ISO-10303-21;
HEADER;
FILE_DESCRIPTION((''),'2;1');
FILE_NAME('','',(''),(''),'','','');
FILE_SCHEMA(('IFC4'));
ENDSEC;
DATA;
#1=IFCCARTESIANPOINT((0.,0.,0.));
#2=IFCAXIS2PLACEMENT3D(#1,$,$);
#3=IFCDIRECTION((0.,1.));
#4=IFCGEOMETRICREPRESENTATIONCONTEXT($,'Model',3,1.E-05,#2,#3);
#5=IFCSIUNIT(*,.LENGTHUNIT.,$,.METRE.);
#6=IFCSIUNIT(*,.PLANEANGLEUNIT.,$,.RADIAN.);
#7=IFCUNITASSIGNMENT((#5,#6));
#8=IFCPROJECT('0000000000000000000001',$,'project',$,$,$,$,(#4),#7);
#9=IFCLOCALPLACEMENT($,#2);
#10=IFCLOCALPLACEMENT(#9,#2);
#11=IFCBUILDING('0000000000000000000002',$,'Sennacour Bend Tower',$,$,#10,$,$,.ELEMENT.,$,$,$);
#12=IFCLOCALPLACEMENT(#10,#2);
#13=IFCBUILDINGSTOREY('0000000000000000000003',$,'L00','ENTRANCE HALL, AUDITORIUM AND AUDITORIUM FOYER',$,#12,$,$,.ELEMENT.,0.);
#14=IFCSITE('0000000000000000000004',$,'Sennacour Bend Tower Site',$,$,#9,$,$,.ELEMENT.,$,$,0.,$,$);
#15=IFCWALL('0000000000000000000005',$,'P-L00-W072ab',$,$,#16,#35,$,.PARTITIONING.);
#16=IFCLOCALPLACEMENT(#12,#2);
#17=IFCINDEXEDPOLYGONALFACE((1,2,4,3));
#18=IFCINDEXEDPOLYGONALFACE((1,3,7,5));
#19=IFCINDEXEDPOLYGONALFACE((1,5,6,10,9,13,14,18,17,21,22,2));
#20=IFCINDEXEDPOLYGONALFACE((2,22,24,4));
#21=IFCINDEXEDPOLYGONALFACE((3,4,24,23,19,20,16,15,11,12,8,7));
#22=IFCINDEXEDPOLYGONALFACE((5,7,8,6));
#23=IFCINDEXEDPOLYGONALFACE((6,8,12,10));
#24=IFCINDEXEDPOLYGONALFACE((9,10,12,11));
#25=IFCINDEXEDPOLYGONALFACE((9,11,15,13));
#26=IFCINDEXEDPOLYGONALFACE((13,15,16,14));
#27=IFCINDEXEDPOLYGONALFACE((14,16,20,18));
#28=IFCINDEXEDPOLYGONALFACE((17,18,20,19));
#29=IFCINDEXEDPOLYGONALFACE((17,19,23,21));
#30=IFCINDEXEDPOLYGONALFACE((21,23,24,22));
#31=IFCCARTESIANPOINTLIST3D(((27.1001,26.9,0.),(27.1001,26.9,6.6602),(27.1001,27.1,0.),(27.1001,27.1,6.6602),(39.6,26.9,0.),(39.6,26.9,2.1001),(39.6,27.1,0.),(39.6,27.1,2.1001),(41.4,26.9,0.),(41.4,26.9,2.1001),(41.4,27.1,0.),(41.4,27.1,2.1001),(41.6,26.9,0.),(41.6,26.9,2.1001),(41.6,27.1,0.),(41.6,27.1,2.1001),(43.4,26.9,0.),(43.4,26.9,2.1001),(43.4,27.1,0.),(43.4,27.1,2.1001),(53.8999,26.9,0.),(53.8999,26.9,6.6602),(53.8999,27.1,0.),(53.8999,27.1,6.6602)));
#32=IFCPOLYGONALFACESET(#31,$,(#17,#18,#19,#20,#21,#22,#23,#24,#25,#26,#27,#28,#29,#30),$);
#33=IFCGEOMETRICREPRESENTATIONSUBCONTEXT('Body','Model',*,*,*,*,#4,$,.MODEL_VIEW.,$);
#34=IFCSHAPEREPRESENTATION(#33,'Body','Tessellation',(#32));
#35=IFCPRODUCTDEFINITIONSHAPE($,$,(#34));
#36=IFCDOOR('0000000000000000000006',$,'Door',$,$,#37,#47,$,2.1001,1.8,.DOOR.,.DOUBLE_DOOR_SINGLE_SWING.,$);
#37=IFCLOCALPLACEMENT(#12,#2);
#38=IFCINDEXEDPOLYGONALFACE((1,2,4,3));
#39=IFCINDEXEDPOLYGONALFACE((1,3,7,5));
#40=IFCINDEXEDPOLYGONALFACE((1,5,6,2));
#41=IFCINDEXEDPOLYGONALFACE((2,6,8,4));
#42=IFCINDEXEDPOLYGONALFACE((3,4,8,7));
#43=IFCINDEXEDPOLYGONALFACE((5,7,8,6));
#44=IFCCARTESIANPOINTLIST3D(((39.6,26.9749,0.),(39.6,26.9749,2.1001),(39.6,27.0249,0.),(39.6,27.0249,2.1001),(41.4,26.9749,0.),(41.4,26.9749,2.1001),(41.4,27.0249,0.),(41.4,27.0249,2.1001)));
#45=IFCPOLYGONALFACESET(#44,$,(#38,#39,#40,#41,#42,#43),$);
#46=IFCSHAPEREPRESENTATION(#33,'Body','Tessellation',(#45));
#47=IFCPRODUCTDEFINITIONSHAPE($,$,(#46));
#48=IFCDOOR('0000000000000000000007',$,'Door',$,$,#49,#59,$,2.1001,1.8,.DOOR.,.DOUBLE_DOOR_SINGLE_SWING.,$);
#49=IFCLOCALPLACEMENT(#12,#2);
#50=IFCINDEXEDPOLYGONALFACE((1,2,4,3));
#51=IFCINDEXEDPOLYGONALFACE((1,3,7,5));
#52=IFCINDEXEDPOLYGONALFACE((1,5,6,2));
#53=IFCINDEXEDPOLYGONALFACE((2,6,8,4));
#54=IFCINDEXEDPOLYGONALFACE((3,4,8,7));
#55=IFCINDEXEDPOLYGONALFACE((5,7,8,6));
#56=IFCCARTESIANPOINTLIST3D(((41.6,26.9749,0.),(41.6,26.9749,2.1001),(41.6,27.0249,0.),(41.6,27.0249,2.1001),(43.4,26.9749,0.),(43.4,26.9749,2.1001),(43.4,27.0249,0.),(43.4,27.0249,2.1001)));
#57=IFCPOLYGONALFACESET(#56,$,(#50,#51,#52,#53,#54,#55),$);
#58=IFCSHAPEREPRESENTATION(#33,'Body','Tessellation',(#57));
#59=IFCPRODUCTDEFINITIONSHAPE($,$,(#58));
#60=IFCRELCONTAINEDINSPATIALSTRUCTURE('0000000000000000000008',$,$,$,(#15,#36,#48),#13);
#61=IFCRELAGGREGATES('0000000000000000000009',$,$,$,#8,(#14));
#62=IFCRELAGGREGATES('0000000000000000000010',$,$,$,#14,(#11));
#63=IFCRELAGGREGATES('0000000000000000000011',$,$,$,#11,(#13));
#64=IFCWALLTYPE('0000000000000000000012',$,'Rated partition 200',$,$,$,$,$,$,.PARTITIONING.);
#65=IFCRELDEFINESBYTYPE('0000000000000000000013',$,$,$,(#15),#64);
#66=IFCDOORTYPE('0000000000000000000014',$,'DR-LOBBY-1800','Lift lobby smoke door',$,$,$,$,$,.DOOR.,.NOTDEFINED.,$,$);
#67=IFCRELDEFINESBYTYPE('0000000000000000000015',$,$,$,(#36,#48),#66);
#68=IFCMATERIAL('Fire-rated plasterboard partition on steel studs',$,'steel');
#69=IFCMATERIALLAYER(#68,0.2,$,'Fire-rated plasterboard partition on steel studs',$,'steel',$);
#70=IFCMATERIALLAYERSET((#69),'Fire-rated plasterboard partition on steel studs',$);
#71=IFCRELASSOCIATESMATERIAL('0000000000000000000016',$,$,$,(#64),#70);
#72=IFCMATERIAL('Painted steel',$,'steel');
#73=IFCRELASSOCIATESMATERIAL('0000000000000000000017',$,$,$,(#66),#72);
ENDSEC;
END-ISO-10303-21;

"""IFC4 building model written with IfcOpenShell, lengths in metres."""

from ifc_helpers import new_model, si_unit, direction, frame, frame_2d, origin, place, context, subcontext, project, spatial, rectangle, extrude, material, layer, layer_set, type_object, element, fill, save


model = new_model("IFC4")

# Units and contexts
model_context = context("Model", 3, precision=1e-05, world=origin(), true_north=direction((0.0, 1.0)))
body_context = subcontext(model_context, "Body", "Model", "MODEL_VIEW")
ifc_project = project(units=[si_unit("LENGTHUNIT", "METRE"), si_unit("PLANEANGLEUNIT", "RADIAN")], contexts=[model_context])

# Site, building, storey
site_placement = place(None, origin())
site = spatial("IfcSite", under=ifc_project, at=site_placement, Name="Sennacour Bend Tower Site", CompositionType="ELEMENT", RefElevation=0.0)
building_placement = place(site_placement, origin())
building = spatial("IfcBuilding", under=site, at=building_placement, Name="Sennacour Bend Tower", CompositionType="ELEMENT")
storey_placement = place(building_placement, origin())
storey = spatial("IfcBuildingStorey", under=building, at=storey_placement, Name="L00", Description="ENTRANCE HALL, AUDITORIUM AND AUDITORIUM FOYER", CompositionType="ELEMENT", Elevation=0.0)

# Shared definitions
ifc_material_1 = material(Name="Fire-rated plasterboard partition on steel studs", Category="steel")
ifc_layer = layer(ifc_material_1, 0.2, Name="Fire-rated plasterboard partition on steel studs", Category="steel")
ifc_layer_set = layer_set([ifc_layer], Name="Fire-rated plasterboard partition on steel studs")
wall_type = type_object("IfcWallType", Name="Rated partition 200", PredefinedType="PARTITIONING", material=ifc_layer_set)

# Wall, openings, doors
wall_1_placement = place(storey_placement, frame((27.1001, 27.0, 0.0), z_axis=(0.0, 0.0, 1.0), x_axis=(1.0, 0.0, 0.0)))
wall_1 = element("IfcWall", 1, at=wall_1_placement, inside=storey, type_object=wall_type, Name="P-L00-W072ab", PredefinedType="PARTITIONING", context=body_context, shape_type="SweptSolid", body=[
    extrude(rectangle(XDim=26.7998, YDim=0.2, at=frame_2d((13.3999, 0.0))), origin(), (0.0, 0.0, 1.0), 6.6602),
])
opening_1_placement = place(wall_1_placement, frame((12.5, 0.0, 0.0)))
opening_1 = element("IfcOpeningElement", 2, at=opening_1_placement, cuts=wall_1, PredefinedType="OPENING", context=body_context, shape_type="SweptSolid", body=[
    extrude(rectangle(XDim=1.8, YDim=2.1001, at=frame_2d((0.8999, 1.05))), frame((0.0, 0.1099, 0.0), z_axis=(0.0, -1.0, 0.0), x_axis=(1.0, 0.0, 0.0)), (0.0, 0.0, 1.0), 0.22),
])
opening_2_placement = place(wall_1_placement, frame((14.5, 0.0, 0.0)))
opening_2 = element("IfcOpeningElement", 3, at=opening_2_placement, cuts=wall_1, PredefinedType="OPENING", context=body_context, shape_type="SweptSolid", body=[
    extrude(rectangle(XDim=1.8, YDim=2.1001, at=frame_2d((0.8999, 1.05))), frame((0.0, 0.1099, 0.0), z_axis=(0.0, -1.0, 0.0), x_axis=(1.0, 0.0, 0.0)), (0.0, 0.0, 1.0), 0.22),
])
ifc_material_2 = material(Name="Painted steel", Category="steel")
door_type = type_object("IfcDoorType", Name="DR-LOBBY-1800", Description="Lift lobby smoke door", OperationType="NOTDEFINED", PredefinedType="DOOR", material=ifc_material_2)
door_1_placement = place(opening_1_placement, origin())
door_1 = element("IfcDoor", 4, at=door_1_placement, inside=storey, type_object=door_type, Name="Door", OperationType="DOUBLE_DOOR_SINGLE_SWING", OverallHeight=2.1001, OverallWidth=1.8, PredefinedType="DOOR", context=body_context, shape_type="SweptSolid", body=[
    extrude(rectangle(XDim=1.8, YDim=2.1001, at=frame_2d((0.8999, 1.05))), frame((0.0, 0.0249, 0.0), z_axis=(0.0, -1.0, 0.0), x_axis=(1.0, 0.0, 0.0)), (0.0, 0.0, 1.0), 0.05),
])
fill(opening_1, door_1)
door_2_placement = place(opening_2_placement, origin())
door_2 = element("IfcDoor", 5, at=door_2_placement, inside=storey, type_object=door_type, Name="Door", OperationType="DOUBLE_DOOR_SINGLE_SWING", OverallHeight=2.1001, OverallWidth=1.8, PredefinedType="DOOR", context=body_context, shape_type="SweptSolid", body=[
    extrude(rectangle(XDim=1.8, YDim=2.1001, at=frame_2d((0.8999, 1.05))), frame((0.0, 0.0249, 0.0), z_axis=(0.0, -1.0, 0.0), x_axis=(1.0, 0.0, 0.0)), (0.0, 0.0, 1.0), 0.05),
])
fill(opening_2, door_2)

save(model, "model.ifc")
